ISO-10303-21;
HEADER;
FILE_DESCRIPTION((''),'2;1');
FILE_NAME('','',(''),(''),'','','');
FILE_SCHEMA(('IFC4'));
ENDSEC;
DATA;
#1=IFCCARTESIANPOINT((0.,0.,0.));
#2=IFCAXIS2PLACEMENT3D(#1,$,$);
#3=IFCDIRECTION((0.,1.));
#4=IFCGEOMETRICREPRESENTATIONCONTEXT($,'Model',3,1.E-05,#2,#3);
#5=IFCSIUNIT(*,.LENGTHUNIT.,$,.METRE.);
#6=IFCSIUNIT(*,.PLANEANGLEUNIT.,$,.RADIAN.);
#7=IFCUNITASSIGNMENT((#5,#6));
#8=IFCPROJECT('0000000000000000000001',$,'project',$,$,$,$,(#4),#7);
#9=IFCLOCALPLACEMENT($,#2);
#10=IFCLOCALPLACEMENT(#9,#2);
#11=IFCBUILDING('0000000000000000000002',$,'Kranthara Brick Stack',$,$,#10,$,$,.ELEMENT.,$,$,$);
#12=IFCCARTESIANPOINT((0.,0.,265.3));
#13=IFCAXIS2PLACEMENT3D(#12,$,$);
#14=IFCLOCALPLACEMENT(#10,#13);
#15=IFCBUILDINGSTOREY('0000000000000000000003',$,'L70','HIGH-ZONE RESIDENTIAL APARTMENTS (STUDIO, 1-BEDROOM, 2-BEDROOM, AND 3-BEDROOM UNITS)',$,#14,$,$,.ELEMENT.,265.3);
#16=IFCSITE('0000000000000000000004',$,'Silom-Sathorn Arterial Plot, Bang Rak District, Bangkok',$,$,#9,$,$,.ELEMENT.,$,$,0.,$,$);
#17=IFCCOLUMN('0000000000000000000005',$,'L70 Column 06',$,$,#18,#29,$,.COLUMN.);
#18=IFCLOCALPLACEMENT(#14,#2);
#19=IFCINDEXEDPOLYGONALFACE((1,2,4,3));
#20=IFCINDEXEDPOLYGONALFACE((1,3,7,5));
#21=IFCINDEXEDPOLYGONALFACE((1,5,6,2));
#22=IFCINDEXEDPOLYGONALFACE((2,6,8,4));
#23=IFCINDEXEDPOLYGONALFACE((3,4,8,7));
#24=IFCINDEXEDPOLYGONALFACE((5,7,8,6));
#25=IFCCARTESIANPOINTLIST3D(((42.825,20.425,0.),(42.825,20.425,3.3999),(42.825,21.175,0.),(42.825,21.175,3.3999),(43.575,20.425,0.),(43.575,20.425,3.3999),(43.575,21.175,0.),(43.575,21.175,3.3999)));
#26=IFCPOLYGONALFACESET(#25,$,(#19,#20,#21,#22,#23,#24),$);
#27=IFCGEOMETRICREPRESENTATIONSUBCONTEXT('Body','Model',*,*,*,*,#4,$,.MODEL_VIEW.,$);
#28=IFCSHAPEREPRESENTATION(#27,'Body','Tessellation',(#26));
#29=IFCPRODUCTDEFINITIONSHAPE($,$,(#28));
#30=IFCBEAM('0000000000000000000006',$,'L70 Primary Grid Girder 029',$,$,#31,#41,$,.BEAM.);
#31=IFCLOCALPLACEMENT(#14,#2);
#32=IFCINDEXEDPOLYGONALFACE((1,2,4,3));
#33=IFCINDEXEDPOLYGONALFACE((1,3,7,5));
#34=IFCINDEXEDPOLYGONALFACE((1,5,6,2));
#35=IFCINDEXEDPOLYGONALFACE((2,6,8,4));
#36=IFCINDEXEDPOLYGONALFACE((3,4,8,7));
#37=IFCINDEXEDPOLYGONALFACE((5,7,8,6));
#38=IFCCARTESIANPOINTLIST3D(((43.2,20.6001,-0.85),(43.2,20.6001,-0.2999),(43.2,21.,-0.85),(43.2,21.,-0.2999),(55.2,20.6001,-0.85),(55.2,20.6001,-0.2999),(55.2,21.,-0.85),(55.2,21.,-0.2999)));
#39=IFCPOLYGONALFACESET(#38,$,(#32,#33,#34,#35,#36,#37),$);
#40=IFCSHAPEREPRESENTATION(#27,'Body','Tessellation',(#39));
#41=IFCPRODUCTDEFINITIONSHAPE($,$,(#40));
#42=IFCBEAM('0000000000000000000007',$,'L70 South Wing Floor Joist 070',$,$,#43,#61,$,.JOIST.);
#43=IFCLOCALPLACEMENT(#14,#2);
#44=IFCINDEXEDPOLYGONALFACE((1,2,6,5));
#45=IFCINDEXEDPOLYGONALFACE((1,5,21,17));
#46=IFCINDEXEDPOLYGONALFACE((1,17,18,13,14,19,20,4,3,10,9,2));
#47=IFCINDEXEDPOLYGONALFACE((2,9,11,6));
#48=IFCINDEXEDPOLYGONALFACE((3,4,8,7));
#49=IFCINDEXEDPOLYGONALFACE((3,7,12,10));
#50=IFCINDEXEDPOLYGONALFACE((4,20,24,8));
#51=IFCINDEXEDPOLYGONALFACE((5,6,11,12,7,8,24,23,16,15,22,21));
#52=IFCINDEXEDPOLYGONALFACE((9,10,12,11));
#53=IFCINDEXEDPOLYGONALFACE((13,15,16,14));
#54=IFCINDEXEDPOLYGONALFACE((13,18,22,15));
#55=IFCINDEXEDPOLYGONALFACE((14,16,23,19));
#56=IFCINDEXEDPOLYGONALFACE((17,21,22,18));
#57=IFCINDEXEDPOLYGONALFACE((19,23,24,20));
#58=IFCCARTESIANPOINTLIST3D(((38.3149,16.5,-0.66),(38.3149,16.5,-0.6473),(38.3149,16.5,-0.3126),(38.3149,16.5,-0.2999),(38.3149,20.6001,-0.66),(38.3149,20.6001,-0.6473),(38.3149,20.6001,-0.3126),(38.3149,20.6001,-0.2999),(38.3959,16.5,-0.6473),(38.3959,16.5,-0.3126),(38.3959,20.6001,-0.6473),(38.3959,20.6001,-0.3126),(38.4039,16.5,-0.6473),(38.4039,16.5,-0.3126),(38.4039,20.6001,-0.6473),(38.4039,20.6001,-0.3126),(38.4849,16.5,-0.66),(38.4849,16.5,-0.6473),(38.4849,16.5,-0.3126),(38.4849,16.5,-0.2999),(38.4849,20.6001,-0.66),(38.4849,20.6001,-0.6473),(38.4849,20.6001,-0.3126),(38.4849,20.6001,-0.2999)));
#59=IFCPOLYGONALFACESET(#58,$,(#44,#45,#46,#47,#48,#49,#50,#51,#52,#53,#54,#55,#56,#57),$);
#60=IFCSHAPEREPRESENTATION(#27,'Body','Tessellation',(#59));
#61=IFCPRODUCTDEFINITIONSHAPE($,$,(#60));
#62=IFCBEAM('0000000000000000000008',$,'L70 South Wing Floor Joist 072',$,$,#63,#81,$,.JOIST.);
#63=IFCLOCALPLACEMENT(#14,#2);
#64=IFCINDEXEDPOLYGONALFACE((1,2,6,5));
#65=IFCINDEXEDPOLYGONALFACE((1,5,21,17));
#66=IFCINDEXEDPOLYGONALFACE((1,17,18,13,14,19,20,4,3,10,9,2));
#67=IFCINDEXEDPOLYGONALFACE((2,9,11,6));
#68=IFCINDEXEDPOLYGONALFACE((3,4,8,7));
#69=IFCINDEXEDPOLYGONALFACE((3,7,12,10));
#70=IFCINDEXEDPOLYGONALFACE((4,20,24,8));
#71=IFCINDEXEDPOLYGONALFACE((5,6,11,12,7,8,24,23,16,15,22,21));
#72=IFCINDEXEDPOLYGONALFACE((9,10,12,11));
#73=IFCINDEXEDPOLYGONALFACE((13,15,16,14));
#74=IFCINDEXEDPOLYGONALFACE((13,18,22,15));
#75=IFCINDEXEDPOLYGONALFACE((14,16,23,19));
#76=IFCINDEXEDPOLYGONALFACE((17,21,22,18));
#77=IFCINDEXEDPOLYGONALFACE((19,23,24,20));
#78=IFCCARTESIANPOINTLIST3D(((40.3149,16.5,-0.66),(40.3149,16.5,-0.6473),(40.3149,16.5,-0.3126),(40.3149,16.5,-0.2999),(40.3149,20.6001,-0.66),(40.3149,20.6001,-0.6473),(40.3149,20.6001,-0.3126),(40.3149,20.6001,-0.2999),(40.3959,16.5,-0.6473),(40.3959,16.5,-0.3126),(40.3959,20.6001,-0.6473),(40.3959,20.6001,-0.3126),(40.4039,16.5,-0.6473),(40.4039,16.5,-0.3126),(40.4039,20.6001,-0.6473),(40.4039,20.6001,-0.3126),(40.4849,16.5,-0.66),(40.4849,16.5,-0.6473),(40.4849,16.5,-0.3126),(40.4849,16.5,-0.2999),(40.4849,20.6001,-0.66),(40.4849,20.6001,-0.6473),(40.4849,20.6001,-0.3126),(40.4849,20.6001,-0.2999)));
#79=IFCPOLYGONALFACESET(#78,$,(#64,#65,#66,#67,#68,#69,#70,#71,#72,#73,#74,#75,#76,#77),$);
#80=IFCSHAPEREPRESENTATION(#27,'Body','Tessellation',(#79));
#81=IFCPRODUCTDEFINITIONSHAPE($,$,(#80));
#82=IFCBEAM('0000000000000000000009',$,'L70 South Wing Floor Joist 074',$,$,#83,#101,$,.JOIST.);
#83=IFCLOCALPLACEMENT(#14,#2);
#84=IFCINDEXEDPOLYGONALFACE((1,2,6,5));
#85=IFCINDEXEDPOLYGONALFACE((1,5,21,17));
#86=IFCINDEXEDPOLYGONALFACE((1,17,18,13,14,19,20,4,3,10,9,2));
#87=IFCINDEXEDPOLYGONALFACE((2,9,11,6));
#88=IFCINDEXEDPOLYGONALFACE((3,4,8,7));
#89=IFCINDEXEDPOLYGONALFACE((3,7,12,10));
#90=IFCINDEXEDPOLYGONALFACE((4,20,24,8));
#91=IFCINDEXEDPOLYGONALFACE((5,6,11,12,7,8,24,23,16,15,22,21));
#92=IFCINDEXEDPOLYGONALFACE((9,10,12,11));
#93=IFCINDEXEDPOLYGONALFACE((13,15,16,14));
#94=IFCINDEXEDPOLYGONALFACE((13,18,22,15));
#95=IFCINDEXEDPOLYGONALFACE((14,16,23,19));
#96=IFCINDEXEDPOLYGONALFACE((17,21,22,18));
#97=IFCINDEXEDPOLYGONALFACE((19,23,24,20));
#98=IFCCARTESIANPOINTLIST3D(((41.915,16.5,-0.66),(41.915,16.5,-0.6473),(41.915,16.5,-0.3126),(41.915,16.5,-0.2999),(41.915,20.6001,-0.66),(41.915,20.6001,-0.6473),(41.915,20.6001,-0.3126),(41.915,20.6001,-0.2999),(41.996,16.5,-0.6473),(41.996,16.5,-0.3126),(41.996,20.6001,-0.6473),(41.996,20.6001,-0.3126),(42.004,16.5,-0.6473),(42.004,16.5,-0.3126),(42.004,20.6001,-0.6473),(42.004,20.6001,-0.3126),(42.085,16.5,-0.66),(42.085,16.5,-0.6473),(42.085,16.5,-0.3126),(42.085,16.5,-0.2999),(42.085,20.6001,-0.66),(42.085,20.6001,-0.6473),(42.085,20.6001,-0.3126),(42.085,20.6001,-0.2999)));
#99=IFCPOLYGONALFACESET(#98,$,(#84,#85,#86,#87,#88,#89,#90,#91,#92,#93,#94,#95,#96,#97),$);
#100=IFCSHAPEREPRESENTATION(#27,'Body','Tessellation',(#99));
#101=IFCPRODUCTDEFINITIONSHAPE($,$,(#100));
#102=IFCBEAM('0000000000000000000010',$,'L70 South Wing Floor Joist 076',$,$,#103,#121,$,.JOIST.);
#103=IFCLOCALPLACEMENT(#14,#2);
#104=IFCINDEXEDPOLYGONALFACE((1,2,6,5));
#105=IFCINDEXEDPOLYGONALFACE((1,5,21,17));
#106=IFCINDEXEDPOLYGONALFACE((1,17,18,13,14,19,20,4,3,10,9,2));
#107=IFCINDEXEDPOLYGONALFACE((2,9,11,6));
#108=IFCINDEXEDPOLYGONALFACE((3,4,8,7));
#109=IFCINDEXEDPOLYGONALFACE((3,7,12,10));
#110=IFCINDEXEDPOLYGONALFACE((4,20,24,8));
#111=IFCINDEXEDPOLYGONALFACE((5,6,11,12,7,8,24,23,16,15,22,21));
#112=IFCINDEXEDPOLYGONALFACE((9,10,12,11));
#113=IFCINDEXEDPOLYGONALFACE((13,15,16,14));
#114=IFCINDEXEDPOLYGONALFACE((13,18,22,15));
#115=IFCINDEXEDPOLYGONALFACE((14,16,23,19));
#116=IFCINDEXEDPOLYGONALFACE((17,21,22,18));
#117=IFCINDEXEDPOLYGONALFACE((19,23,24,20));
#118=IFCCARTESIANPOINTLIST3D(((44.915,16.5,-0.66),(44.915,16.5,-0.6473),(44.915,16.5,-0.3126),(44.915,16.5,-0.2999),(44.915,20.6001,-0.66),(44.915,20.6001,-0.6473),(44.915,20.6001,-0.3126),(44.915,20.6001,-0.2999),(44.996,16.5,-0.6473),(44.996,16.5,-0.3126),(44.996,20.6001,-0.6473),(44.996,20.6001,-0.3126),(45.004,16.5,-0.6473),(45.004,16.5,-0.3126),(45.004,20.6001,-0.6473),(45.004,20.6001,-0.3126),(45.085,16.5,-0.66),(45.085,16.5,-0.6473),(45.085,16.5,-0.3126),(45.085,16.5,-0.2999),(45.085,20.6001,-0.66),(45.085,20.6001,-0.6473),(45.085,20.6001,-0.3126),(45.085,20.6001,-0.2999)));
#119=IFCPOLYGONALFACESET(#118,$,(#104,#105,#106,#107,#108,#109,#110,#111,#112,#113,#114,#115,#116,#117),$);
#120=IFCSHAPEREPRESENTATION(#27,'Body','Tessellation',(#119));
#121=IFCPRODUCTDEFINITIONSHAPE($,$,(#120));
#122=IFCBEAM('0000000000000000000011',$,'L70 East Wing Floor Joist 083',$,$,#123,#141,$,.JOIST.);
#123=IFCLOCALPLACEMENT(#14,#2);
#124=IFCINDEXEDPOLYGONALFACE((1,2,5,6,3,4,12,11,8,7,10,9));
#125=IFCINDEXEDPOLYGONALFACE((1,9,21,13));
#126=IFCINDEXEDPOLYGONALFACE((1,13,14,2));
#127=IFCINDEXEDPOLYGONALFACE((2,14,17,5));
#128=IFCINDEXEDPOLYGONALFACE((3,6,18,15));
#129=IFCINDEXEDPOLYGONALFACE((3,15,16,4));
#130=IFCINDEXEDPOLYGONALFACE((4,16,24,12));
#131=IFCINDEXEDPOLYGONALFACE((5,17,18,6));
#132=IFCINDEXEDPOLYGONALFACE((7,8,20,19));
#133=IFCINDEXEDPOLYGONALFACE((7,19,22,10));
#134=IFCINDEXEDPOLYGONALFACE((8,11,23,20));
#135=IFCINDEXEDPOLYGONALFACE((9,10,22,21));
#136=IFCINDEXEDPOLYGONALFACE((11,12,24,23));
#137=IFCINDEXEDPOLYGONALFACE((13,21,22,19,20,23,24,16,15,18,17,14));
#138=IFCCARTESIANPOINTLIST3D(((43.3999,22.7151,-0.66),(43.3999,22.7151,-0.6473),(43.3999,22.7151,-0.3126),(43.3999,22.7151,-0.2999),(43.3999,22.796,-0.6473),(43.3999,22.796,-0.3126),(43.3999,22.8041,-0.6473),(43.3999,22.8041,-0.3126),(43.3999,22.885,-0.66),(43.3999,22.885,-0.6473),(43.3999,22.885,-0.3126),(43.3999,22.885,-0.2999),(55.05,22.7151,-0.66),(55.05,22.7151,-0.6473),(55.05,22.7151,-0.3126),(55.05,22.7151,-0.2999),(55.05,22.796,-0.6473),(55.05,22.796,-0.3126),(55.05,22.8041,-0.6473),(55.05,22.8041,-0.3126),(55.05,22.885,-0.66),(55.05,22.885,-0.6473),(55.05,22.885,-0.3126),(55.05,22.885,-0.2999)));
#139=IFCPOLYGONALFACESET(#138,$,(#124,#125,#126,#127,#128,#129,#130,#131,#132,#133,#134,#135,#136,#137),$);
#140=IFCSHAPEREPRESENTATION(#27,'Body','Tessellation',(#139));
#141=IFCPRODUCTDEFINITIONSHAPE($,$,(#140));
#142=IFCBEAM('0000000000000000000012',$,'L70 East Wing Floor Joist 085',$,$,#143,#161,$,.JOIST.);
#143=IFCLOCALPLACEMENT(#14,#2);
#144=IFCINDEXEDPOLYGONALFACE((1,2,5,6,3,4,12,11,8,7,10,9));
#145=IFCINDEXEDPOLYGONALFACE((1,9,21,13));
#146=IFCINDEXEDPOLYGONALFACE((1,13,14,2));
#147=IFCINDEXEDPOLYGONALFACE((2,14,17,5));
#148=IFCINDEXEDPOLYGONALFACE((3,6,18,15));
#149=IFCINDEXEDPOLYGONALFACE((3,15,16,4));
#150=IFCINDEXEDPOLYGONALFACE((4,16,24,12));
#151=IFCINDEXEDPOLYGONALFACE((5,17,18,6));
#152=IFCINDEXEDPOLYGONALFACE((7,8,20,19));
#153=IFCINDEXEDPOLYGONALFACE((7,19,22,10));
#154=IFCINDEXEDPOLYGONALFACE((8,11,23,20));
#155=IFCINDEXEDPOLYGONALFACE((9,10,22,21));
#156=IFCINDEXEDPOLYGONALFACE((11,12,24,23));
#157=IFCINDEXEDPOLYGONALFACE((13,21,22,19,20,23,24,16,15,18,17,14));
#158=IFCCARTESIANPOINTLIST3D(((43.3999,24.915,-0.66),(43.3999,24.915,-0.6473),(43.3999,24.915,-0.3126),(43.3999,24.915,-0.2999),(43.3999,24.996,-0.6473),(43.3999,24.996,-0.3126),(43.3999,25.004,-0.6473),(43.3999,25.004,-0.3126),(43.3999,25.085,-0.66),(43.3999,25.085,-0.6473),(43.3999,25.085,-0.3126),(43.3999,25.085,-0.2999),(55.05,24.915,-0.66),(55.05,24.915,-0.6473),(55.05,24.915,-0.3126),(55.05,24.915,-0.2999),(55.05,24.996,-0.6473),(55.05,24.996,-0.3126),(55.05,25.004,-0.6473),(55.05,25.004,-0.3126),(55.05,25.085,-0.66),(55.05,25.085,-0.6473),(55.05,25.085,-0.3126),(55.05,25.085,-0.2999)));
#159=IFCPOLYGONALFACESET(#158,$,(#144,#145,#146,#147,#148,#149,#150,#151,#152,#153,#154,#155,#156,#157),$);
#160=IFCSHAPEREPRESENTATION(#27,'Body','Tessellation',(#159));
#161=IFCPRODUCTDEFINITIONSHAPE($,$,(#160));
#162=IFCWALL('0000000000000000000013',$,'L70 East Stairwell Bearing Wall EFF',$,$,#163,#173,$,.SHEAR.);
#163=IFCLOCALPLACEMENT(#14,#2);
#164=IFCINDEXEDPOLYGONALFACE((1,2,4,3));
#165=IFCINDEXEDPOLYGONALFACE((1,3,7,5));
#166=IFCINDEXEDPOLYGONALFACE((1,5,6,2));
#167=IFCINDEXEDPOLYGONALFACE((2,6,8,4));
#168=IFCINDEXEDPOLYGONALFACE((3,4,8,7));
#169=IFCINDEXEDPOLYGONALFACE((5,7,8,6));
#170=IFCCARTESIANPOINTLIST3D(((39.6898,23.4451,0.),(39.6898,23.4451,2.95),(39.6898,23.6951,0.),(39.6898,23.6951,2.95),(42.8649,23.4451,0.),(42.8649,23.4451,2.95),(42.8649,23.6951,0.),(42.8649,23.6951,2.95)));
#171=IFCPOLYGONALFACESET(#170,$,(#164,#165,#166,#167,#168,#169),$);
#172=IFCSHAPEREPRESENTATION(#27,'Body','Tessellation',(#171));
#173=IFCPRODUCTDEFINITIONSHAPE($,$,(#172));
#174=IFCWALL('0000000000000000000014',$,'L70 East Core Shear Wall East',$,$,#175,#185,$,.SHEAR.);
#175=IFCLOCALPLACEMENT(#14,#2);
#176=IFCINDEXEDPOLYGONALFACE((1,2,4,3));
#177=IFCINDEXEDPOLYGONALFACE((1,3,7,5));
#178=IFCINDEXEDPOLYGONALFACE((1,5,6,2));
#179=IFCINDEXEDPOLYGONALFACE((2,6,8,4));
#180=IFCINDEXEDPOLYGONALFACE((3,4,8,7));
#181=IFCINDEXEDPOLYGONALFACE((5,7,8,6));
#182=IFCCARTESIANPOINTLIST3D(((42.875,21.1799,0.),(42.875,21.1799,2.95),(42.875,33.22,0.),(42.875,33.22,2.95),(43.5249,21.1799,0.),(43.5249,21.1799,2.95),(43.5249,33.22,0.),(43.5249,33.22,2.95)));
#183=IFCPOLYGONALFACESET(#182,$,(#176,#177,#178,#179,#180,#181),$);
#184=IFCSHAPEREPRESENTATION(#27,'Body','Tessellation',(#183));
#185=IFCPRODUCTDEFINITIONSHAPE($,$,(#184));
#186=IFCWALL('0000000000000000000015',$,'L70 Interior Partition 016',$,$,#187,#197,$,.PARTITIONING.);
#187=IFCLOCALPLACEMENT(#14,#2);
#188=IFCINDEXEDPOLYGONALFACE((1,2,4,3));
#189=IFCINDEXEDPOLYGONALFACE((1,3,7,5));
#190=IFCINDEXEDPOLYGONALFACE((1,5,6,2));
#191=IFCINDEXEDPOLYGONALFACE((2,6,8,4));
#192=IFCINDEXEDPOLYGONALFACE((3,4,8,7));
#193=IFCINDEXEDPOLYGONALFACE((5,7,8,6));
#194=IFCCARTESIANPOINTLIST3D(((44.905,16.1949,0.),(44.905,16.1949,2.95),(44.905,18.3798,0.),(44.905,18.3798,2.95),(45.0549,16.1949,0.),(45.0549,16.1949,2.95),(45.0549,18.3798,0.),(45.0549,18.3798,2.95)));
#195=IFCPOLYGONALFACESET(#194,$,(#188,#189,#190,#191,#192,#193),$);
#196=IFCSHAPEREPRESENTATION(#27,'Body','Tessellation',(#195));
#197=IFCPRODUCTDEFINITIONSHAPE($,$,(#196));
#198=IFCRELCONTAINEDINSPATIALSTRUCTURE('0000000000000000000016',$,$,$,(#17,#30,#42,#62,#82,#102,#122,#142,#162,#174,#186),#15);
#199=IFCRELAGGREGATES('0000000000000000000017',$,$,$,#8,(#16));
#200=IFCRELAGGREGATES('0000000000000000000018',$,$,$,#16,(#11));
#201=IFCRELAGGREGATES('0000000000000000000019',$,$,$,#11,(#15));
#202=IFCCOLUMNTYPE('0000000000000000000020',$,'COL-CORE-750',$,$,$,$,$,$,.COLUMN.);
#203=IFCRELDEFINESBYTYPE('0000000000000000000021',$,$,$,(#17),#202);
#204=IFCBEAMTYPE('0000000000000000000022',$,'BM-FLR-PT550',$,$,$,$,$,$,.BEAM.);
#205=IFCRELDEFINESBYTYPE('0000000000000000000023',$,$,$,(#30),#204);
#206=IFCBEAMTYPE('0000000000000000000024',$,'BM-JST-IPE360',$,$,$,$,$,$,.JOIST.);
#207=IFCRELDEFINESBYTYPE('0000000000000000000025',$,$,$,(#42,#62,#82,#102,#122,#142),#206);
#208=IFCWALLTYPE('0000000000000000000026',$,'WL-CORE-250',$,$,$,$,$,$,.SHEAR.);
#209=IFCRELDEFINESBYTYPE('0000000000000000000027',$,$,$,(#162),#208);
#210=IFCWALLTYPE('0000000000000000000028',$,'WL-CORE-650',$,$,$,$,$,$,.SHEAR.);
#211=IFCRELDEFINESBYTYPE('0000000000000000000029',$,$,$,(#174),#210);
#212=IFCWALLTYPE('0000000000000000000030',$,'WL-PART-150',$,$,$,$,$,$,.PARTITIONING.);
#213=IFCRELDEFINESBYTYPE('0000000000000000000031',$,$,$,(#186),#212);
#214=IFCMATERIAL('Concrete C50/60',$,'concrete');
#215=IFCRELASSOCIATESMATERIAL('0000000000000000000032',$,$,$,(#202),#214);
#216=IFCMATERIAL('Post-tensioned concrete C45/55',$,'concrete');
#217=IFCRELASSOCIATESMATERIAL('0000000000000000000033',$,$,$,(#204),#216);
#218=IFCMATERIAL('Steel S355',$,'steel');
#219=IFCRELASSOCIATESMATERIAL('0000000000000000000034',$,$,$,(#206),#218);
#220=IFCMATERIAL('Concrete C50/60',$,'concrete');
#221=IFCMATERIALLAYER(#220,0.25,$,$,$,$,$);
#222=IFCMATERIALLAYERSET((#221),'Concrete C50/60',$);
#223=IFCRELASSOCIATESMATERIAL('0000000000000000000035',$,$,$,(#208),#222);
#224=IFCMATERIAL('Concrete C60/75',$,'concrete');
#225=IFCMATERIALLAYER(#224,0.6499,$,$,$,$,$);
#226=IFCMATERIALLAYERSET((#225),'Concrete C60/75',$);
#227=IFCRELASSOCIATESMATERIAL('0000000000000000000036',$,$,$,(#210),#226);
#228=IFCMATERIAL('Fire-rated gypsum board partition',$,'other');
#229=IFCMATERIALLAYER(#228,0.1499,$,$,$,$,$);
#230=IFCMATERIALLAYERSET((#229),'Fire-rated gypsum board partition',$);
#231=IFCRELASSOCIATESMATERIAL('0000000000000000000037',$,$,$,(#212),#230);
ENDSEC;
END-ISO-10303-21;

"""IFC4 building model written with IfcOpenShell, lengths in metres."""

from ifc_helpers import new_model, si_unit, direction, frame, frame_2d, origin, origin_2d, place, context, subcontext, project, spatial, rectangle, i_section, extrude, material, layer, layer_set, material_profile, profile_set, type_object, element, save


model = new_model("IFC4")

# Units and contexts
model_context = context("Model", 3, precision=1e-05, world=origin(), true_north=direction((0.0, 1.0)))
body_context = subcontext(model_context, "Body", "Model", "MODEL_VIEW")
ifc_project = project(units=[si_unit("LENGTHUNIT", "METRE"), si_unit("PLANEANGLEUNIT", "RADIAN")], contexts=[model_context])

# Site, building, storey
site_placement = place(None, origin())
site = spatial("IfcSite", under=ifc_project, at=site_placement, Name="Silom-Sathorn Arterial Plot, Bang Rak District, Bangkok", CompositionType="ELEMENT", RefElevation=0.0)
building_placement = place(site_placement, origin())
building = spatial("IfcBuilding", under=site, at=building_placement, Name="Kranthara Brick Stack", CompositionType="ELEMENT")
storey_placement = place(building_placement, frame((0.0, 0.0, 265.3)))
storey = spatial("IfcBuildingStorey", under=building, at=storey_placement, Name="L70", Description="HIGH-ZONE RESIDENTIAL APARTMENTS (STUDIO, 1-BEDROOM, 2-BEDROOM, AND 3-BEDROOM UNITS)", CompositionType="ELEMENT", Elevation=265.3)

# Column
ifc_material_1 = material(Name="Concrete C50/60", Category="concrete")
ifc_material_profile_1 = material_profile(ifc_material_1, rectangle(XDim=0.75, YDim=0.75, at=origin_2d()), Name="RC 750x750")
ifc_profile_set_1 = profile_set([ifc_material_profile_1], Name="Concrete C50/60")
column_type = type_object("IfcColumnType", Name="COL-CORE-750", PredefinedType="COLUMN", material=ifc_profile_set_1)
column_placement = place(storey_placement, frame((43.2, 20.8, 0.0), z_axis=(0.0, 0.0, 1.0), x_axis=(1.0, 0.0, 0.0)))
element("IfcColumn", 1, at=column_placement, inside=storey, type_object=column_type, Name="L70 Column 06", PredefinedType="COLUMN", context=body_context, shape_type="SweptSolid", body=[
    extrude(rectangle(XDim=0.75, YDim=0.75, at=origin_2d()), origin(), (0.0, 0.0, 1.0), 3.3999),
])

# Beams
ifc_material_2 = material(Name="Post-tensioned concrete C45/55", Category="concrete")
ifc_material_profile_2 = material_profile(ifc_material_2, rectangle(XDim=0.3999, YDim=0.55, at=origin_2d()), Name="PT 400x550")
ifc_profile_set_2 = profile_set([ifc_material_profile_2], Name="Post-tensioned concrete C45/55")
beam_type_1 = type_object("IfcBeamType", Name="BM-FLR-PT550", PredefinedType="BEAM", material=ifc_profile_set_2)
beam_placement = place(storey_placement, frame((43.2, 20.8, -0.575), z_axis=(1.0, 0.0, 0.0), x_axis=(0.0, 1.0, 0.0)))
element("IfcBeam", 2, at=beam_placement, inside=storey, type_object=beam_type_1, Name="L70 Primary Grid Girder 029", PredefinedType="BEAM", context=body_context, shape_type="SweptSolid", body=[
    extrude(rectangle(XDim=0.3999, YDim=0.55, at=origin_2d()), origin(), (0.0, 0.0, 1.0), 12.0),
])
ifc_material_3 = material(Name="Steel S355", Category="steel")
ifc_material_profile_3 = material_profile(ifc_material_3, i_section(OverallWidth=0.1699, OverallDepth=0.3601, WebThickness=0.0081, FlangeThickness=0.0127, at=origin_2d()), Name="IPE 360")
ifc_profile_set_3 = profile_set([ifc_material_profile_3], Name="Steel S355")
beam_type_2 = type_object("IfcBeamType", Name="BM-JST-IPE360", PredefinedType="JOIST", material=ifc_profile_set_3)
for number, where, z_axis, x_axis, name in (
    (3, (38.3999, 16.5, -0.48), (0.0, 1.0, 0.0), (-1.0, 0.0, 0.0), "L70 South Wing Floor Joist 070"),
    (4, (40.3999, 16.5, -0.48), (0.0, 1.0, 0.0), (-1.0, 0.0, 0.0), "L70 South Wing Floor Joist 072"),
    (5, (42.0, 16.5, -0.48), (0.0, 1.0, 0.0), (-1.0, 0.0, 0.0), "L70 South Wing Floor Joist 074"),
    (6, (45.0, 16.5, -0.48), (0.0, 1.0, 0.0), (-1.0, 0.0, 0.0), "L70 South Wing Floor Joist 076"),
):
    element("IfcBeam", number, at=place(storey_placement, frame(where, z_axis=z_axis, x_axis=x_axis)), inside=storey, type_object=beam_type_2, Name=name, PredefinedType="JOIST", context=body_context, shape_type="SweptSolid", body=[
        extrude(i_section(OverallWidth=0.1699, OverallDepth=0.3601, WebThickness=0.0081, FlangeThickness=0.0127, at=origin_2d()), origin(), (0.0, 0.0, 1.0), 4.1001),
    ])
for number, where, z_axis, x_axis, name in (
    (7, (43.3999, 22.8, -0.48), (1.0, 0.0, 0.0), (0.0, 1.0, 0.0), "L70 East Wing Floor Joist 083"),
    (8, (43.3999, 25.0, -0.48), (1.0, 0.0, 0.0), (0.0, 1.0, 0.0), "L70 East Wing Floor Joist 085"),
):
    element("IfcBeam", number, at=place(storey_placement, frame(where, z_axis=z_axis, x_axis=x_axis)), inside=storey, type_object=beam_type_2, Name=name, PredefinedType="JOIST", context=body_context, shape_type="SweptSolid", body=[
        extrude(i_section(OverallWidth=0.1699, OverallDepth=0.3601, WebThickness=0.0081, FlangeThickness=0.0127, at=origin_2d()), origin(), (0.0, 0.0, 1.0), 11.6501),
    ])

# Shared definitions
ifc_material_4 = material(Name="Concrete C50/60", Category="concrete")
ifc_layer_1 = layer(ifc_material_4, 0.25)
ifc_layer_set_1 = layer_set([ifc_layer_1], Name="Concrete C50/60")
wall_type_1 = type_object("IfcWallType", Name="WL-CORE-250", PredefinedType="SHEAR", material=ifc_layer_set_1)

# Walls
wall_1_placement = place(storey_placement, frame((39.6899, 23.5701, 0.0), z_axis=(0.0, 0.0, 1.0), x_axis=(1.0, 0.0, 0.0)))
element("IfcWall", 9, at=wall_1_placement, inside=storey, type_object=wall_type_1, Name="L70 East Stairwell Bearing Wall EFF", PredefinedType="SHEAR", context=body_context, shape_type="SweptSolid", body=[
    extrude(rectangle(XDim=3.175, YDim=0.25, at=frame_2d((1.5874, 0.0))), origin(), (0.0, 0.0, 1.0), 2.95),
])
ifc_material_5 = material(Name="Concrete C60/75", Category="concrete")
ifc_layer_2 = layer(ifc_material_5, 0.6499)
ifc_layer_set_2 = layer_set([ifc_layer_2], Name="Concrete C60/75")
wall_type_2 = type_object("IfcWallType", Name="WL-CORE-650", PredefinedType="SHEAR", material=ifc_layer_set_2)
wall_2_placement = place(storey_placement, frame((43.2, 21.1799, 0.0), z_axis=(0.0, 0.0, 1.0), x_axis=(0.0, 1.0, 0.0)))
element("IfcWall", 10, at=wall_2_placement, inside=storey, type_object=wall_type_2, Name="L70 East Core Shear Wall East", PredefinedType="SHEAR", context=body_context, shape_type="SweptSolid", body=[
    extrude(rectangle(XDim=12.04, YDim=0.6499, at=frame_2d((6.02, 0.0))), origin(), (0.0, 0.0, 1.0), 2.95),
])
ifc_material_6 = material(Name="Fire-rated gypsum board partition", Category="other")
ifc_layer_3 = layer(ifc_material_6, 0.1499)
ifc_layer_set_3 = layer_set([ifc_layer_3], Name="Fire-rated gypsum board partition")
wall_type_3 = type_object("IfcWallType", Name="WL-PART-150", PredefinedType="PARTITIONING", material=ifc_layer_set_3)
wall_3_placement = place(storey_placement, frame((44.98, 16.1951, 0.0), z_axis=(0.0, 0.0, 1.0), x_axis=(0.0, 1.0, 0.0)))
element("IfcWall", 11, at=wall_3_placement, inside=storey, type_object=wall_type_3, Name="L70 Interior Partition 016", PredefinedType="PARTITIONING", context=body_context, shape_type="SweptSolid", body=[
    extrude(rectangle(XDim=2.1848, YDim=0.1499, at=frame_2d((1.0923, 0.0))), origin(), (0.0, 0.0, 1.0), 2.95),
])

save(model, "model.ifc")
